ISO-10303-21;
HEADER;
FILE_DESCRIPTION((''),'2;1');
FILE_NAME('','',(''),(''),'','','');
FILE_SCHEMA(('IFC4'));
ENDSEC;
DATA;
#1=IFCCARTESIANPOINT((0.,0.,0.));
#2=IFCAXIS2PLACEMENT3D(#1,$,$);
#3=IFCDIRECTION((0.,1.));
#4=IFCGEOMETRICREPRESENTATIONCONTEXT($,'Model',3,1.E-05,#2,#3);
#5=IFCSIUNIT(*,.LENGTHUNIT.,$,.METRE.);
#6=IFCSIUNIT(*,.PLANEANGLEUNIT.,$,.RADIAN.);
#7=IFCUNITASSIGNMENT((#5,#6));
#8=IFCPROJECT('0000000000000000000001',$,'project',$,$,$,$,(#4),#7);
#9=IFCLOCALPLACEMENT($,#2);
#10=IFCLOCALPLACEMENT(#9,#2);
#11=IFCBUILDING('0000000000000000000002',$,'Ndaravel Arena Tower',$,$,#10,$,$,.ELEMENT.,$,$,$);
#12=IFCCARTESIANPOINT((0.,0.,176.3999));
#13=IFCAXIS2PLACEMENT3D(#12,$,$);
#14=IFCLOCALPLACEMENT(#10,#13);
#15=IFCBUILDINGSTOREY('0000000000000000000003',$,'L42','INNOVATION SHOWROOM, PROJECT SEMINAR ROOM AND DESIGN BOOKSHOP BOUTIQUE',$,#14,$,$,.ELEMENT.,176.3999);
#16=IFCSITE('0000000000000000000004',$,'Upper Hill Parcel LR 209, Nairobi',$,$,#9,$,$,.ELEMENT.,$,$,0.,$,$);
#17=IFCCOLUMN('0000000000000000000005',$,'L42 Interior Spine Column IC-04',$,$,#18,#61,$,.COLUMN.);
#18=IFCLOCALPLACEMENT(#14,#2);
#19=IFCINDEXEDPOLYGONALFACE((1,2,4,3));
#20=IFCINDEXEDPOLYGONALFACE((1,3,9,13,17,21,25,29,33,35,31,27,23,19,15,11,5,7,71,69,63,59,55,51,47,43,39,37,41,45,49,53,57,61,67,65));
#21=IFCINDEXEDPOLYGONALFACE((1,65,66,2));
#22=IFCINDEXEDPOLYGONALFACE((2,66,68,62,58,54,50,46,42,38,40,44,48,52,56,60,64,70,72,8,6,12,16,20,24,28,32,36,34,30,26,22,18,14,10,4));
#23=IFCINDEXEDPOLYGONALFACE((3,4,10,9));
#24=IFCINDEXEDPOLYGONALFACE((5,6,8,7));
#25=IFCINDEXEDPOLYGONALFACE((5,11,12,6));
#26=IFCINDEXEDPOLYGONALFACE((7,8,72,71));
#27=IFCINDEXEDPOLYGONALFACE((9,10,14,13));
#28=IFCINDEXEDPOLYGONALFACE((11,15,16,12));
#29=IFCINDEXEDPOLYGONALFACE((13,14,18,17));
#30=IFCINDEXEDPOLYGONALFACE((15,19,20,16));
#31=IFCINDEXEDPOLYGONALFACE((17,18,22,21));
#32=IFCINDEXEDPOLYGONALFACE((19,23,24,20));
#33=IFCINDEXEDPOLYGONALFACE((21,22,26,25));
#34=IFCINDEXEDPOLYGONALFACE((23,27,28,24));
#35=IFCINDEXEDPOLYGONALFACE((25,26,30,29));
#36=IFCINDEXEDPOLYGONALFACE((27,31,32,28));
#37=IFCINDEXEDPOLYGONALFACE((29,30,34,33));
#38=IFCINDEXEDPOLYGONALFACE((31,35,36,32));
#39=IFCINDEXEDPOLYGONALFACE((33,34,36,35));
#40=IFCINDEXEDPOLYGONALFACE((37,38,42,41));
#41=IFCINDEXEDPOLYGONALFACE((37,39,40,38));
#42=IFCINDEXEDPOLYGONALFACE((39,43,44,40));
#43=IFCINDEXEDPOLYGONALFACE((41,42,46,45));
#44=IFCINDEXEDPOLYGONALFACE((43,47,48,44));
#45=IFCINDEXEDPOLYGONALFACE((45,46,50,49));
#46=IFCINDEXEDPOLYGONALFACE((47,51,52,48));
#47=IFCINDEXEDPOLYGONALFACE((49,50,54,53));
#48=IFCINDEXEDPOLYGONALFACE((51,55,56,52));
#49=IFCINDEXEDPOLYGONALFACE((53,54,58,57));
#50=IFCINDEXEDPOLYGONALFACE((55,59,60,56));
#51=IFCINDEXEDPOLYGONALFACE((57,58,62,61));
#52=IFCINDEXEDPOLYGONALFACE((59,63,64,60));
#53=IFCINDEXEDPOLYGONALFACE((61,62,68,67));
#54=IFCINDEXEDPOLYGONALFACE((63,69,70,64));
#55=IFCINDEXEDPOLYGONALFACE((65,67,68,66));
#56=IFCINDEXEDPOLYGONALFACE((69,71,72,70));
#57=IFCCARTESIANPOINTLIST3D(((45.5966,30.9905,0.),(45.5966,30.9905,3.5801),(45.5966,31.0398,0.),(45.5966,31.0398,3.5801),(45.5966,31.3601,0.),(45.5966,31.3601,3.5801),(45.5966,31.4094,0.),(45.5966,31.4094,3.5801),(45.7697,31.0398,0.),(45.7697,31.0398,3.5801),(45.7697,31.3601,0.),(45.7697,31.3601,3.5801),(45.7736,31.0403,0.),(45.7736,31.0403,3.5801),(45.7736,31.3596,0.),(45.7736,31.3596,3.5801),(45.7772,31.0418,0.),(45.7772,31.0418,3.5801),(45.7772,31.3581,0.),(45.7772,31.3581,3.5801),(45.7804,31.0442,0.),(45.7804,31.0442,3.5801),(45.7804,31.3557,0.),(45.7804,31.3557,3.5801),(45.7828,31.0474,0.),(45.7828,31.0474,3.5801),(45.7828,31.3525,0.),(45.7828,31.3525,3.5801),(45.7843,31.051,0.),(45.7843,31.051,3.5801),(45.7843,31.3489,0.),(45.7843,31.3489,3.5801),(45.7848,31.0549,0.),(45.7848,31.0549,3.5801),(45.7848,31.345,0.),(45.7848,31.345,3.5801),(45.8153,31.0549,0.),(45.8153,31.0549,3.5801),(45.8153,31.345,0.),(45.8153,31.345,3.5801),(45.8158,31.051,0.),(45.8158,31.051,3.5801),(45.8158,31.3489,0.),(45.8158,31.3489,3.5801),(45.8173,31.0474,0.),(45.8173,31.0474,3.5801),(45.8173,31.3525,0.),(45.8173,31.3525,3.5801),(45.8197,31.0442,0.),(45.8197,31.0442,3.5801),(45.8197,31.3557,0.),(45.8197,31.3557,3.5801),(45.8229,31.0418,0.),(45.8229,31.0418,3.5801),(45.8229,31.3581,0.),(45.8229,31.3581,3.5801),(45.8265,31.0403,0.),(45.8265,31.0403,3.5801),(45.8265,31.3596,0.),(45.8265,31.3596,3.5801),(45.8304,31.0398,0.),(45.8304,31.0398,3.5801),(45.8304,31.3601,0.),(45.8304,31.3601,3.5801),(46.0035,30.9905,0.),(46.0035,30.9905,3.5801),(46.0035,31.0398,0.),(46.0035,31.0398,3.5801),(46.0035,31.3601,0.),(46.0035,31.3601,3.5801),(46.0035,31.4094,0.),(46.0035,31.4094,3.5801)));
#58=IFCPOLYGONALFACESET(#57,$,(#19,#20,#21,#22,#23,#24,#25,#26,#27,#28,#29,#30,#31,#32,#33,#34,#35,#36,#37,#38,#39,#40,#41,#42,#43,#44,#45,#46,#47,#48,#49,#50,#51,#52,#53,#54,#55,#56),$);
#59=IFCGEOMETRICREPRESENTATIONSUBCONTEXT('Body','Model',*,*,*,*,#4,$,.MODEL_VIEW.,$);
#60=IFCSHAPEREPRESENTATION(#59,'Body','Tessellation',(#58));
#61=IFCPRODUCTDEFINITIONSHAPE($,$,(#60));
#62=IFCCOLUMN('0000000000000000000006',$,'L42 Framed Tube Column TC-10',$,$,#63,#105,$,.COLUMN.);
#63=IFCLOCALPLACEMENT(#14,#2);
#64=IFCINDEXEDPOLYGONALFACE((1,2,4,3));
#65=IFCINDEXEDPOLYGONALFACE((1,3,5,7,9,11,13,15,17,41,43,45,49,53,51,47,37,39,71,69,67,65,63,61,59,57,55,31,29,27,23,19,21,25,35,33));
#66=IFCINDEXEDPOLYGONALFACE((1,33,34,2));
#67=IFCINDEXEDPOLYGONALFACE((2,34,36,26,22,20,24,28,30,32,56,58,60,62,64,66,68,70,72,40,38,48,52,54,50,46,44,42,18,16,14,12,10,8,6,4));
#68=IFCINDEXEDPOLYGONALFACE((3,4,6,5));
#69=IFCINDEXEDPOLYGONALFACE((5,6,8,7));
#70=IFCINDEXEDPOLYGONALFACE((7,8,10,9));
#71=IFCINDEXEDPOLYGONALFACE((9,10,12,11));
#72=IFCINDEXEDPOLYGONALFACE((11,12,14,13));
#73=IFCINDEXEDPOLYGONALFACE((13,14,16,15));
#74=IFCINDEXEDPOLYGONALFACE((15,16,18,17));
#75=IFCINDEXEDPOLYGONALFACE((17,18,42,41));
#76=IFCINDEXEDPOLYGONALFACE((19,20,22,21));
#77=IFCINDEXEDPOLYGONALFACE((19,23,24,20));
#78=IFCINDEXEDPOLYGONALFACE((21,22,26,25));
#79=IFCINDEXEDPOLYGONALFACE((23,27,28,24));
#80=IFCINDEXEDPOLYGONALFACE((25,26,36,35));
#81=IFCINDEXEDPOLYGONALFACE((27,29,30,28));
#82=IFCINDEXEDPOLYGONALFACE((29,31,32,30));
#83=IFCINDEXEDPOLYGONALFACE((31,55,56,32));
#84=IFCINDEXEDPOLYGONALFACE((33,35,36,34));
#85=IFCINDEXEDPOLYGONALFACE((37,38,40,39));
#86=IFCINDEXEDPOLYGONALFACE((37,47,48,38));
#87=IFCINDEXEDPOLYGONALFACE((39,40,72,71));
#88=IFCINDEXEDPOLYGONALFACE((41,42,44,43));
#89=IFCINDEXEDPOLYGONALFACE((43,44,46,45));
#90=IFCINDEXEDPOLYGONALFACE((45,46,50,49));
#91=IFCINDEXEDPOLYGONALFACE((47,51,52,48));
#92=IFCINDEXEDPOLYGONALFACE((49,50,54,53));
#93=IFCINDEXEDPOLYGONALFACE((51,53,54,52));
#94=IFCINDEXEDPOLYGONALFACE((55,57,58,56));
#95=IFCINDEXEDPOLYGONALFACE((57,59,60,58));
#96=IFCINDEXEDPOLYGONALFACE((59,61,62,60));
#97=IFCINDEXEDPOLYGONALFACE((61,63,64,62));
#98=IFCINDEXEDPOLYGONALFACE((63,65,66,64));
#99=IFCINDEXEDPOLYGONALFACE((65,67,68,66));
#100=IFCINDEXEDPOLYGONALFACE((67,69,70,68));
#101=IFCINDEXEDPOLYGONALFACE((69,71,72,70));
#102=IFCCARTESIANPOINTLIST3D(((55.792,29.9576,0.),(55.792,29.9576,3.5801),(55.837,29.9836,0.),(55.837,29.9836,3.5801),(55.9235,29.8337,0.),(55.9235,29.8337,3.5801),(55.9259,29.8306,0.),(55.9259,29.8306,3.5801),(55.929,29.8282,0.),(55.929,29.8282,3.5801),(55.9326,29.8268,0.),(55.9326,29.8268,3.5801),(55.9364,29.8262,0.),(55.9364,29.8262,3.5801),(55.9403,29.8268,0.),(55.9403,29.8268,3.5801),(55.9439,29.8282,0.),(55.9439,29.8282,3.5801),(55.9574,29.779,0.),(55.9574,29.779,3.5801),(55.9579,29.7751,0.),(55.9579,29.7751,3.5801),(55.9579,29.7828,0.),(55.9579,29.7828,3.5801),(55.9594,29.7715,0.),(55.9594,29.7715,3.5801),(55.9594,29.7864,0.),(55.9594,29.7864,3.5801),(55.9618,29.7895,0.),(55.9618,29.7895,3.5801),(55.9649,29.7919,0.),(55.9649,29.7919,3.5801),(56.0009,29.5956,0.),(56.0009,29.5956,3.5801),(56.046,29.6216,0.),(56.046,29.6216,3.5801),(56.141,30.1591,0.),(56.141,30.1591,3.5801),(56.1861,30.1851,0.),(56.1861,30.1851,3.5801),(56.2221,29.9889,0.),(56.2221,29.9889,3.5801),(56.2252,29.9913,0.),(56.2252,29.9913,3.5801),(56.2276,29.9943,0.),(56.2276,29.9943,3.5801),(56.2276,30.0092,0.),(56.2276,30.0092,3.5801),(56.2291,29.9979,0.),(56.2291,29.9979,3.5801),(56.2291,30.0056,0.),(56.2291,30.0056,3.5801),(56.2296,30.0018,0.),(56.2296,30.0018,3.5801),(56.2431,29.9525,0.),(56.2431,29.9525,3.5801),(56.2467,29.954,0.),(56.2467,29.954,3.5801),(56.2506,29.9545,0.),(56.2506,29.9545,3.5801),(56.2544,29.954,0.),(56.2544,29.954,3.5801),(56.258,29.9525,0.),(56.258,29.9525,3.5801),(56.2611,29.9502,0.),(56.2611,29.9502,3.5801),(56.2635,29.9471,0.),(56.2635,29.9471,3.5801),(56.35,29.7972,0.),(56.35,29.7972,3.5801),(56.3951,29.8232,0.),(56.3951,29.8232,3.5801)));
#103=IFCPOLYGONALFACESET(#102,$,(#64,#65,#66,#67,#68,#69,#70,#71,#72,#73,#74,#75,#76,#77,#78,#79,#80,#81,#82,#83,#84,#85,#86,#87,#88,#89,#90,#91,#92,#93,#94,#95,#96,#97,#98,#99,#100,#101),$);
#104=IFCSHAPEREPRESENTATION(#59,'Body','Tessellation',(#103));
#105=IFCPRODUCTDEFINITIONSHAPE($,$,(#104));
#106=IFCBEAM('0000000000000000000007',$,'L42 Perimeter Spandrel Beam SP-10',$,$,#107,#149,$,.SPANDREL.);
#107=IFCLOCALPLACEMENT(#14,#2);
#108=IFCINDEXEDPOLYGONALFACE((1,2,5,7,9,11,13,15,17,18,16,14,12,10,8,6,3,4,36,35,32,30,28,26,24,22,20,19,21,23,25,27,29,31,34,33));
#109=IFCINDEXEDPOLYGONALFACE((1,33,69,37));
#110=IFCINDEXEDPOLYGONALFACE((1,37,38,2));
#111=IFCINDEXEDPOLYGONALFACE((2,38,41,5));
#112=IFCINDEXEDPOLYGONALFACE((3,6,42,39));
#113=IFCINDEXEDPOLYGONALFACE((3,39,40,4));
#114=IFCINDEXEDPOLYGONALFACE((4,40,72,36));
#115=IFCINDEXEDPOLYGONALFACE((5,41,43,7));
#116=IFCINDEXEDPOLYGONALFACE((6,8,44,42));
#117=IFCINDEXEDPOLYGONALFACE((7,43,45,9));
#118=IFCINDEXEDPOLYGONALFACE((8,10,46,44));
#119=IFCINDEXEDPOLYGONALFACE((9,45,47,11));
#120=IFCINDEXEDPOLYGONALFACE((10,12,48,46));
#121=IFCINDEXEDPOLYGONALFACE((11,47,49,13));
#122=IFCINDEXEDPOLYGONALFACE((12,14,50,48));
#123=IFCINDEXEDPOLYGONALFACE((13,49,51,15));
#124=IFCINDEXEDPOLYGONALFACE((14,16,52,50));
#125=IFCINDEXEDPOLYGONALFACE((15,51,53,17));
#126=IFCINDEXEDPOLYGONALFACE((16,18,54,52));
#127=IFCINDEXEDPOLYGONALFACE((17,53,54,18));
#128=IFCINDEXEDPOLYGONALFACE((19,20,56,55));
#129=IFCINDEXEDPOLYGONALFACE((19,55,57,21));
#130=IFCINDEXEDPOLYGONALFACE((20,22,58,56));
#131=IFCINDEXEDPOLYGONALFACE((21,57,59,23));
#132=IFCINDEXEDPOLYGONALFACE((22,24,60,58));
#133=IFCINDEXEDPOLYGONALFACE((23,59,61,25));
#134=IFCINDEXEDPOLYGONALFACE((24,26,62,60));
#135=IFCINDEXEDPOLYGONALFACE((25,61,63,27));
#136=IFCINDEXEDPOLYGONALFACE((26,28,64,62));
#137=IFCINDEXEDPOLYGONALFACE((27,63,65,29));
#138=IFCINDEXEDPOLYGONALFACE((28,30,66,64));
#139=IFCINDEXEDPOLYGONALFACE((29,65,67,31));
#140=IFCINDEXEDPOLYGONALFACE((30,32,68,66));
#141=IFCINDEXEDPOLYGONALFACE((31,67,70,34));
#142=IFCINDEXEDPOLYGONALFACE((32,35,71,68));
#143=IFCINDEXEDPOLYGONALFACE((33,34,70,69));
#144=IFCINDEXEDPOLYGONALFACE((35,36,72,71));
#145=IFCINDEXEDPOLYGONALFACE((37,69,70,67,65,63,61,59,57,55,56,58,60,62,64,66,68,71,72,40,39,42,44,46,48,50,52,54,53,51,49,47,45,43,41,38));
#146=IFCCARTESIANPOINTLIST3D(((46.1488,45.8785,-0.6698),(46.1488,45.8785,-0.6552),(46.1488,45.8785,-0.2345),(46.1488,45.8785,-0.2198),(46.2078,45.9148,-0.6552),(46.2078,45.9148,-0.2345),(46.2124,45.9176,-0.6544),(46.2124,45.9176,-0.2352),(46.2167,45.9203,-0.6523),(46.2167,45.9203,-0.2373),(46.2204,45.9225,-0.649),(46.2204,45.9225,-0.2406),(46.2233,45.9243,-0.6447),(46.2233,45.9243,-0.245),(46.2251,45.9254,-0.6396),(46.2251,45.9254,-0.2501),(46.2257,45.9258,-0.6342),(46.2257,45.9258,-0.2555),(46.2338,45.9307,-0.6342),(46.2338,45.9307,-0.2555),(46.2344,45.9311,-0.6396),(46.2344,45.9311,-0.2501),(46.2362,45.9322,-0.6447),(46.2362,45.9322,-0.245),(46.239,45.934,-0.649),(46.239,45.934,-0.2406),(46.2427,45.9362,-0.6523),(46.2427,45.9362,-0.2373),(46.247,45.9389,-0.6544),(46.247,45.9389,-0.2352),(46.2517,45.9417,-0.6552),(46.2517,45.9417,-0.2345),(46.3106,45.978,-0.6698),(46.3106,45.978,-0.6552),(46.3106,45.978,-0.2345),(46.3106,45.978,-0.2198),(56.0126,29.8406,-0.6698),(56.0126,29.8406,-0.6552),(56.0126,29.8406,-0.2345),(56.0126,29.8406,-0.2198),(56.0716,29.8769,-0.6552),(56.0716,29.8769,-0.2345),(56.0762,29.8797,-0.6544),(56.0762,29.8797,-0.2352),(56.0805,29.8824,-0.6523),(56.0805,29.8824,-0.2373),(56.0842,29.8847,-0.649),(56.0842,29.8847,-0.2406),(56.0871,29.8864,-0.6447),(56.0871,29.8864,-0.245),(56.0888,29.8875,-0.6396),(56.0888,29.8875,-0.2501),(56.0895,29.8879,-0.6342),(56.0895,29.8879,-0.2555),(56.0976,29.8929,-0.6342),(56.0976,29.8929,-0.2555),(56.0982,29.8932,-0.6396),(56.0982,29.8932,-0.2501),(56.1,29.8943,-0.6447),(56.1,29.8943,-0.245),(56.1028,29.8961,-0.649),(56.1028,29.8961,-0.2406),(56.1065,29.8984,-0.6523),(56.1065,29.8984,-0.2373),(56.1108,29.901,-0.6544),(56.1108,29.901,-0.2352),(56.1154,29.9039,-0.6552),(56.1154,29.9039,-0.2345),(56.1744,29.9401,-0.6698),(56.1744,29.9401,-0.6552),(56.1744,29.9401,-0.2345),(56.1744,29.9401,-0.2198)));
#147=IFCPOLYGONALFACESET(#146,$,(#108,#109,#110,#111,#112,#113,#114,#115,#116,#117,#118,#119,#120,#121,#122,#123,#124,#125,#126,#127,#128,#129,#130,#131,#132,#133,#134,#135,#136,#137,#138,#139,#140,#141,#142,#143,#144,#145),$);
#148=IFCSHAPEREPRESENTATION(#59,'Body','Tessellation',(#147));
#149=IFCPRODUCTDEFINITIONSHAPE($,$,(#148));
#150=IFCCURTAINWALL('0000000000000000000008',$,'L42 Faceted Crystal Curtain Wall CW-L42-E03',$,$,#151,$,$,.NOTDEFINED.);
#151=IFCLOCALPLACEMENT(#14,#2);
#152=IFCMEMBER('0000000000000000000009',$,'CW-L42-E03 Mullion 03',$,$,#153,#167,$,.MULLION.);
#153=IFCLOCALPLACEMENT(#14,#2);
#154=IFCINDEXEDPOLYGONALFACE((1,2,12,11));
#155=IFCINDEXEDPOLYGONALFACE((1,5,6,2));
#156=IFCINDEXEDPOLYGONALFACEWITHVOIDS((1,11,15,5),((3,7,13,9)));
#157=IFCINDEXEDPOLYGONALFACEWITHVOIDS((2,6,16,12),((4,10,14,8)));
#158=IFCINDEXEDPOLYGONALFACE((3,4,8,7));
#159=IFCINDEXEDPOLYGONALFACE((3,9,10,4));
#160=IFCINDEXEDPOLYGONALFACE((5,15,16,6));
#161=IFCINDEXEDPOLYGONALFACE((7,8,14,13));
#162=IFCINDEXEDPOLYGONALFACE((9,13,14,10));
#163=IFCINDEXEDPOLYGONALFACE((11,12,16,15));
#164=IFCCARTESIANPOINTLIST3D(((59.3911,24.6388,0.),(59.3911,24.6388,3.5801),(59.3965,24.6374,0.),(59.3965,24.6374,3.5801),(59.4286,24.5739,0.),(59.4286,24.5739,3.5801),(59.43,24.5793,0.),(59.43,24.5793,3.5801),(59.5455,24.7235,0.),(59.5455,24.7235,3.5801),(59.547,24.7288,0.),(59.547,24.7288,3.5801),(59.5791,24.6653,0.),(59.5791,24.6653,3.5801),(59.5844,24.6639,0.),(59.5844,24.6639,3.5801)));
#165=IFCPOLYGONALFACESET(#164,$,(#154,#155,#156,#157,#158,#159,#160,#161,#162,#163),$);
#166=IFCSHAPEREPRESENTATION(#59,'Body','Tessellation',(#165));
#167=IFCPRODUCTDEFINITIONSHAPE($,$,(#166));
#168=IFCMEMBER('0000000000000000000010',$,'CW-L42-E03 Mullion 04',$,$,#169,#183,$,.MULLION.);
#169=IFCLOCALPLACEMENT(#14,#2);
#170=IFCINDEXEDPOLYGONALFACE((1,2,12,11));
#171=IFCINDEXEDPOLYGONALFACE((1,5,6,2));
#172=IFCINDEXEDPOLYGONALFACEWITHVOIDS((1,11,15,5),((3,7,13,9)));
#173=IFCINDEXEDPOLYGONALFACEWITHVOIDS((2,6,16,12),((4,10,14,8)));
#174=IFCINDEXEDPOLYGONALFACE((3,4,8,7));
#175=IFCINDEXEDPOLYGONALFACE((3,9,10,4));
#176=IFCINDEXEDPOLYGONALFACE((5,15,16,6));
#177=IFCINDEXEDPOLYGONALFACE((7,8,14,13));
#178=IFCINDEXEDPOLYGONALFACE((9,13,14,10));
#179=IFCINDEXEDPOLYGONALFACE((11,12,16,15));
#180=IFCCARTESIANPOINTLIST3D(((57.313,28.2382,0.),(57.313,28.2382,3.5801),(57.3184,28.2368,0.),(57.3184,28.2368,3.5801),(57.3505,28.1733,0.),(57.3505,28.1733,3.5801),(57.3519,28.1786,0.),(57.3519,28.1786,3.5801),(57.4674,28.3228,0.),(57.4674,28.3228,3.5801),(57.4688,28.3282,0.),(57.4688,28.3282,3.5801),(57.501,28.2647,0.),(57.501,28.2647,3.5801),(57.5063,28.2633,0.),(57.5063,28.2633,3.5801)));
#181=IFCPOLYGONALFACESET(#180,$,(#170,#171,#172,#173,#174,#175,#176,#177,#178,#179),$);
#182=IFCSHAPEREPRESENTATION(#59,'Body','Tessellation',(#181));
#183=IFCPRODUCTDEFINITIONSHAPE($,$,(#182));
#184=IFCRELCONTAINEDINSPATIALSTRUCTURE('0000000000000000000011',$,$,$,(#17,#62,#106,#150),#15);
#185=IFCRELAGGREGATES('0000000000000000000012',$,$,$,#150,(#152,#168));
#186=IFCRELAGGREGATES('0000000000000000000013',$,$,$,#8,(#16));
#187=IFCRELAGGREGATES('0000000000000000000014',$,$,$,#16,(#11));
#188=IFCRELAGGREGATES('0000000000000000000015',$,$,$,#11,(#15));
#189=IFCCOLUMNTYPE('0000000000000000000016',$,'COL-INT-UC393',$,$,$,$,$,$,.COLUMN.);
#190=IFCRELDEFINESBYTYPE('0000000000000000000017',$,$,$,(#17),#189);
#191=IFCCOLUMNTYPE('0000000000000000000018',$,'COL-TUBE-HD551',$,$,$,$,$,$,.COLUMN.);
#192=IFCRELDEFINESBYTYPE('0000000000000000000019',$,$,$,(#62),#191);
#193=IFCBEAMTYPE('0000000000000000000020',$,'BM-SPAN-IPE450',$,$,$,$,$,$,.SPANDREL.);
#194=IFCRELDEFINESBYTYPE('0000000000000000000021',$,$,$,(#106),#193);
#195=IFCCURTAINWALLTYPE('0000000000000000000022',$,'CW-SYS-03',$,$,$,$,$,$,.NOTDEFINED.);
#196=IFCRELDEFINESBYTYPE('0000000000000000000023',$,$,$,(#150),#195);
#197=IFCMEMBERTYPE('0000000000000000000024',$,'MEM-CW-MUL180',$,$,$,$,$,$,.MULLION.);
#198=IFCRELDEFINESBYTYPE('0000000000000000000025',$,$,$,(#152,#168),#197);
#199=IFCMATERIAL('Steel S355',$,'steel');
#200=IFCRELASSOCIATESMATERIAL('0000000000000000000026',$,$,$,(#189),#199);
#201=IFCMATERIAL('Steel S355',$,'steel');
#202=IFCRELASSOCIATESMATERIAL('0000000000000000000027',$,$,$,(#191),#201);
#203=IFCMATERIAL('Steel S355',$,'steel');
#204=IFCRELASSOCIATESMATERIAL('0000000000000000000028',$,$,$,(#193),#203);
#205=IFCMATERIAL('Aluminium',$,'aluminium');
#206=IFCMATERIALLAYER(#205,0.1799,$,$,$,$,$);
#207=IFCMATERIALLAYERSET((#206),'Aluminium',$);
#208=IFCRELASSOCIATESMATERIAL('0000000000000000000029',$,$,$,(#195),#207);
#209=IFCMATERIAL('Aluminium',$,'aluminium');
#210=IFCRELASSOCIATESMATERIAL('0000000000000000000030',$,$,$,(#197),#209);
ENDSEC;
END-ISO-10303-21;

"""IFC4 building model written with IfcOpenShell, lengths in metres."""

from ifc_helpers import new_model, si_unit, direction, frame, origin, origin_2d, place, context, subcontext, project, spatial, hollow_rectangle, i_section, extrude, material, layer, layer_set, material_profile, profile_set, type_object, element, aggregate, save


model = new_model("IFC4")

# Units and contexts
model_context = context("Model", 3, precision=1e-05, world=origin(), true_north=direction((0.0, 1.0)))
body_context = subcontext(model_context, "Body", "Model", "MODEL_VIEW")
ifc_project = project(units=[si_unit("LENGTHUNIT", "METRE"), si_unit("PLANEANGLEUNIT", "RADIAN")], contexts=[model_context])

# Site, building, storey
site_placement = place(None, origin())
site = spatial("IfcSite", under=ifc_project, at=site_placement, Name="Upper Hill Parcel LR 209, Nairobi", CompositionType="ELEMENT", RefElevation=0.0)
building_placement = place(site_placement, origin())
building = spatial("IfcBuilding", under=site, at=building_placement, Name="Ndaravel Arena Tower", CompositionType="ELEMENT")
storey_placement = place(building_placement, frame((0.0, 0.0, 176.3999)))
storey = spatial("IfcBuildingStorey", under=building, at=storey_placement, Name="L42", Description="INNOVATION SHOWROOM, PROJECT SEMINAR ROOM AND DESIGN BOOKSHOP BOUTIQUE", CompositionType="ELEMENT", Elevation=176.3999)

# Columns
ifc_material_1 = material(Name="Steel S355", Category="steel")
ifc_material_profile_1 = material_profile(ifc_material_1, i_section(OverallWidth=0.407, OverallDepth=0.4189, WebThickness=0.0305, FlangeThickness=0.0493, FilletRadius=0.0151, at=origin_2d()), Name="UC 356x406x393")
ifc_profile_set_1 = profile_set([ifc_material_profile_1], Name="Steel S355")
column_type_1 = type_object("IfcColumnType", Name="COL-INT-UC393", PredefinedType="COLUMN", material=ifc_profile_set_1)
column_1_placement = place(storey_placement, frame((45.8, 31.2, 0.0), z_axis=(0.0, 0.0, 1.0), x_axis=(1.0, 0.0, 0.0)))
element("IfcColumn", 1, at=column_1_placement, inside=storey, type_object=column_type_1, Name="L42 Interior Spine Column IC-04", PredefinedType="COLUMN", context=body_context, shape_type="SweptSolid", body=[
    extrude(i_section(OverallWidth=0.407, OverallDepth=0.4189, WebThickness=0.0305, FlangeThickness=0.0493, FilletRadius=0.0151, at=origin_2d()), origin(), (0.0, 0.0, 1.0), 3.5801),
])
ifc_material_2 = material(Name="Steel S355", Category="steel")
ifc_material_profile_2 = material_profile(ifc_material_2, i_section(OverallWidth=0.418, OverallDepth=0.4551, WebThickness=0.042, FlangeThickness=0.052, FilletRadius=0.0149, at=origin_2d()), Name="HD 400x551")
ifc_profile_set_2 = profile_set([ifc_material_profile_2], Name="Steel S355")
column_type_2 = type_object("IfcColumnType", Name="COL-TUBE-HD551", PredefinedType="COLUMN", material=ifc_profile_set_2)
column_2_placement = place(storey_placement, frame((56.0935, 29.8904, 0.0), z_axis=(0.0, 0.0, 1.0), x_axis=(-0.5, 0.866025, 0.0)))
element("IfcColumn", 2, at=column_2_placement, inside=storey, type_object=column_type_2, Name="L42 Framed Tube Column TC-10", PredefinedType="COLUMN", context=body_context, shape_type="SweptSolid", body=[
    extrude(i_section(OverallWidth=0.418, OverallDepth=0.4551, WebThickness=0.042, FlangeThickness=0.052, FilletRadius=0.0149, at=origin_2d()), origin(), (0.0, 0.0, 1.0), 3.5801),
])

# Beam
ifc_material_3 = material(Name="Steel S355", Category="steel")
ifc_material_profile_3 = material_profile(ifc_material_3, i_section(OverallWidth=0.1899, OverallDepth=0.45, WebThickness=0.0095, FlangeThickness=0.0146, FilletRadius=0.021, at=origin_2d()), Name="IPE 450")
ifc_profile_set_3 = profile_set([ifc_material_profile_3], Name="Steel S355")
beam_type = type_object("IfcBeamType", Name="BM-SPAN-IPE450", PredefinedType="SPANDREL", material=ifc_profile_set_3)
beam_placement = place(storey_placement, frame((56.0935, 29.8904, -0.4448), z_axis=(-0.523879, 0.851793, 0.0), x_axis=(-0.851793, -0.523879, 0.0)))
element("IfcBeam", 3, at=beam_placement, inside=storey, type_object=beam_type, Name="L42 Perimeter Spandrel Beam SP-10", PredefinedType="SPANDREL", context=body_context, shape_type="SweptSolid", body=[
    extrude(i_section(OverallWidth=0.1899, OverallDepth=0.45, WebThickness=0.0095, FlangeThickness=0.0146, FilletRadius=0.021, at=origin_2d()), origin(), (0.0, 0.0, 1.0), 18.8284),
])

# Curtain wall, members
ifc_material_4 = material(Name="Aluminium", Category="aluminium")
ifc_layer_1 = layer(ifc_material_4, 0.1799)
ifc_layer_set_1 = layer_set([ifc_layer_1], Name="Aluminium")
curtain_wall_type = type_object("IfcCurtainWallType", Name="CW-SYS-03", PredefinedType="NOTDEFINED", material=ifc_layer_set_1)
curtain_wall_placement = place(storey_placement, origin())
curtain_wall = element("IfcCurtainWall", 4, at=curtain_wall_placement, inside=storey, type_object=curtain_wall_type, Name="L42 Faceted Crystal Curtain Wall CW-L42-E03", PredefinedType="NOTDEFINED")
ifc_material_5 = material(Name="Aluminium", Category="aluminium")
ifc_material_profile_4 = material_profile(ifc_material_5, hollow_rectangle(XDim=0.075, YDim=0.1799, WallThickness=0.0039, at=origin_2d()), Name="CW MULLION 75x180x4")
ifc_profile_set_4 = profile_set([ifc_material_profile_4], Name="Aluminium")
member_type = type_object("IfcMemberType", Name="MEM-CW-MUL180", PredefinedType="MULLION", material=ifc_profile_set_4)
member_1_placement = place(storey_placement, frame((59.4878, 24.6514, 0.0), z_axis=(0.0, 0.0, 1.0), x_axis=(-0.5, 0.866025, 0.0)))
member_1 = element("IfcMember", 5, at=member_1_placement, type_object=member_type, Name="CW-L42-E03 Mullion 03", PredefinedType="MULLION", context=body_context, shape_type="SweptSolid", body=[
    extrude(hollow_rectangle(XDim=0.075, YDim=0.1799, WallThickness=0.0039, at=origin_2d()), origin(), (0.0, 0.0, 1.0), 3.5801),
])
member_2_placement = place(storey_placement, frame((57.4097, 28.2507, 0.0), z_axis=(0.0, 0.0, 1.0), x_axis=(-0.5, 0.866025, 0.0)))
member_2 = element("IfcMember", 6, at=member_2_placement, type_object=member_type, Name="CW-L42-E03 Mullion 04", PredefinedType="MULLION", context=body_context, shape_type="SweptSolid", body=[
    extrude(hollow_rectangle(XDim=0.075, YDim=0.1799, WallThickness=0.0039, at=origin_2d()), origin(), (0.0, 0.0, 1.0), 3.5801),
])
aggregate(curtain_wall, [member_1, member_2])

save(model, "model.ifc")
